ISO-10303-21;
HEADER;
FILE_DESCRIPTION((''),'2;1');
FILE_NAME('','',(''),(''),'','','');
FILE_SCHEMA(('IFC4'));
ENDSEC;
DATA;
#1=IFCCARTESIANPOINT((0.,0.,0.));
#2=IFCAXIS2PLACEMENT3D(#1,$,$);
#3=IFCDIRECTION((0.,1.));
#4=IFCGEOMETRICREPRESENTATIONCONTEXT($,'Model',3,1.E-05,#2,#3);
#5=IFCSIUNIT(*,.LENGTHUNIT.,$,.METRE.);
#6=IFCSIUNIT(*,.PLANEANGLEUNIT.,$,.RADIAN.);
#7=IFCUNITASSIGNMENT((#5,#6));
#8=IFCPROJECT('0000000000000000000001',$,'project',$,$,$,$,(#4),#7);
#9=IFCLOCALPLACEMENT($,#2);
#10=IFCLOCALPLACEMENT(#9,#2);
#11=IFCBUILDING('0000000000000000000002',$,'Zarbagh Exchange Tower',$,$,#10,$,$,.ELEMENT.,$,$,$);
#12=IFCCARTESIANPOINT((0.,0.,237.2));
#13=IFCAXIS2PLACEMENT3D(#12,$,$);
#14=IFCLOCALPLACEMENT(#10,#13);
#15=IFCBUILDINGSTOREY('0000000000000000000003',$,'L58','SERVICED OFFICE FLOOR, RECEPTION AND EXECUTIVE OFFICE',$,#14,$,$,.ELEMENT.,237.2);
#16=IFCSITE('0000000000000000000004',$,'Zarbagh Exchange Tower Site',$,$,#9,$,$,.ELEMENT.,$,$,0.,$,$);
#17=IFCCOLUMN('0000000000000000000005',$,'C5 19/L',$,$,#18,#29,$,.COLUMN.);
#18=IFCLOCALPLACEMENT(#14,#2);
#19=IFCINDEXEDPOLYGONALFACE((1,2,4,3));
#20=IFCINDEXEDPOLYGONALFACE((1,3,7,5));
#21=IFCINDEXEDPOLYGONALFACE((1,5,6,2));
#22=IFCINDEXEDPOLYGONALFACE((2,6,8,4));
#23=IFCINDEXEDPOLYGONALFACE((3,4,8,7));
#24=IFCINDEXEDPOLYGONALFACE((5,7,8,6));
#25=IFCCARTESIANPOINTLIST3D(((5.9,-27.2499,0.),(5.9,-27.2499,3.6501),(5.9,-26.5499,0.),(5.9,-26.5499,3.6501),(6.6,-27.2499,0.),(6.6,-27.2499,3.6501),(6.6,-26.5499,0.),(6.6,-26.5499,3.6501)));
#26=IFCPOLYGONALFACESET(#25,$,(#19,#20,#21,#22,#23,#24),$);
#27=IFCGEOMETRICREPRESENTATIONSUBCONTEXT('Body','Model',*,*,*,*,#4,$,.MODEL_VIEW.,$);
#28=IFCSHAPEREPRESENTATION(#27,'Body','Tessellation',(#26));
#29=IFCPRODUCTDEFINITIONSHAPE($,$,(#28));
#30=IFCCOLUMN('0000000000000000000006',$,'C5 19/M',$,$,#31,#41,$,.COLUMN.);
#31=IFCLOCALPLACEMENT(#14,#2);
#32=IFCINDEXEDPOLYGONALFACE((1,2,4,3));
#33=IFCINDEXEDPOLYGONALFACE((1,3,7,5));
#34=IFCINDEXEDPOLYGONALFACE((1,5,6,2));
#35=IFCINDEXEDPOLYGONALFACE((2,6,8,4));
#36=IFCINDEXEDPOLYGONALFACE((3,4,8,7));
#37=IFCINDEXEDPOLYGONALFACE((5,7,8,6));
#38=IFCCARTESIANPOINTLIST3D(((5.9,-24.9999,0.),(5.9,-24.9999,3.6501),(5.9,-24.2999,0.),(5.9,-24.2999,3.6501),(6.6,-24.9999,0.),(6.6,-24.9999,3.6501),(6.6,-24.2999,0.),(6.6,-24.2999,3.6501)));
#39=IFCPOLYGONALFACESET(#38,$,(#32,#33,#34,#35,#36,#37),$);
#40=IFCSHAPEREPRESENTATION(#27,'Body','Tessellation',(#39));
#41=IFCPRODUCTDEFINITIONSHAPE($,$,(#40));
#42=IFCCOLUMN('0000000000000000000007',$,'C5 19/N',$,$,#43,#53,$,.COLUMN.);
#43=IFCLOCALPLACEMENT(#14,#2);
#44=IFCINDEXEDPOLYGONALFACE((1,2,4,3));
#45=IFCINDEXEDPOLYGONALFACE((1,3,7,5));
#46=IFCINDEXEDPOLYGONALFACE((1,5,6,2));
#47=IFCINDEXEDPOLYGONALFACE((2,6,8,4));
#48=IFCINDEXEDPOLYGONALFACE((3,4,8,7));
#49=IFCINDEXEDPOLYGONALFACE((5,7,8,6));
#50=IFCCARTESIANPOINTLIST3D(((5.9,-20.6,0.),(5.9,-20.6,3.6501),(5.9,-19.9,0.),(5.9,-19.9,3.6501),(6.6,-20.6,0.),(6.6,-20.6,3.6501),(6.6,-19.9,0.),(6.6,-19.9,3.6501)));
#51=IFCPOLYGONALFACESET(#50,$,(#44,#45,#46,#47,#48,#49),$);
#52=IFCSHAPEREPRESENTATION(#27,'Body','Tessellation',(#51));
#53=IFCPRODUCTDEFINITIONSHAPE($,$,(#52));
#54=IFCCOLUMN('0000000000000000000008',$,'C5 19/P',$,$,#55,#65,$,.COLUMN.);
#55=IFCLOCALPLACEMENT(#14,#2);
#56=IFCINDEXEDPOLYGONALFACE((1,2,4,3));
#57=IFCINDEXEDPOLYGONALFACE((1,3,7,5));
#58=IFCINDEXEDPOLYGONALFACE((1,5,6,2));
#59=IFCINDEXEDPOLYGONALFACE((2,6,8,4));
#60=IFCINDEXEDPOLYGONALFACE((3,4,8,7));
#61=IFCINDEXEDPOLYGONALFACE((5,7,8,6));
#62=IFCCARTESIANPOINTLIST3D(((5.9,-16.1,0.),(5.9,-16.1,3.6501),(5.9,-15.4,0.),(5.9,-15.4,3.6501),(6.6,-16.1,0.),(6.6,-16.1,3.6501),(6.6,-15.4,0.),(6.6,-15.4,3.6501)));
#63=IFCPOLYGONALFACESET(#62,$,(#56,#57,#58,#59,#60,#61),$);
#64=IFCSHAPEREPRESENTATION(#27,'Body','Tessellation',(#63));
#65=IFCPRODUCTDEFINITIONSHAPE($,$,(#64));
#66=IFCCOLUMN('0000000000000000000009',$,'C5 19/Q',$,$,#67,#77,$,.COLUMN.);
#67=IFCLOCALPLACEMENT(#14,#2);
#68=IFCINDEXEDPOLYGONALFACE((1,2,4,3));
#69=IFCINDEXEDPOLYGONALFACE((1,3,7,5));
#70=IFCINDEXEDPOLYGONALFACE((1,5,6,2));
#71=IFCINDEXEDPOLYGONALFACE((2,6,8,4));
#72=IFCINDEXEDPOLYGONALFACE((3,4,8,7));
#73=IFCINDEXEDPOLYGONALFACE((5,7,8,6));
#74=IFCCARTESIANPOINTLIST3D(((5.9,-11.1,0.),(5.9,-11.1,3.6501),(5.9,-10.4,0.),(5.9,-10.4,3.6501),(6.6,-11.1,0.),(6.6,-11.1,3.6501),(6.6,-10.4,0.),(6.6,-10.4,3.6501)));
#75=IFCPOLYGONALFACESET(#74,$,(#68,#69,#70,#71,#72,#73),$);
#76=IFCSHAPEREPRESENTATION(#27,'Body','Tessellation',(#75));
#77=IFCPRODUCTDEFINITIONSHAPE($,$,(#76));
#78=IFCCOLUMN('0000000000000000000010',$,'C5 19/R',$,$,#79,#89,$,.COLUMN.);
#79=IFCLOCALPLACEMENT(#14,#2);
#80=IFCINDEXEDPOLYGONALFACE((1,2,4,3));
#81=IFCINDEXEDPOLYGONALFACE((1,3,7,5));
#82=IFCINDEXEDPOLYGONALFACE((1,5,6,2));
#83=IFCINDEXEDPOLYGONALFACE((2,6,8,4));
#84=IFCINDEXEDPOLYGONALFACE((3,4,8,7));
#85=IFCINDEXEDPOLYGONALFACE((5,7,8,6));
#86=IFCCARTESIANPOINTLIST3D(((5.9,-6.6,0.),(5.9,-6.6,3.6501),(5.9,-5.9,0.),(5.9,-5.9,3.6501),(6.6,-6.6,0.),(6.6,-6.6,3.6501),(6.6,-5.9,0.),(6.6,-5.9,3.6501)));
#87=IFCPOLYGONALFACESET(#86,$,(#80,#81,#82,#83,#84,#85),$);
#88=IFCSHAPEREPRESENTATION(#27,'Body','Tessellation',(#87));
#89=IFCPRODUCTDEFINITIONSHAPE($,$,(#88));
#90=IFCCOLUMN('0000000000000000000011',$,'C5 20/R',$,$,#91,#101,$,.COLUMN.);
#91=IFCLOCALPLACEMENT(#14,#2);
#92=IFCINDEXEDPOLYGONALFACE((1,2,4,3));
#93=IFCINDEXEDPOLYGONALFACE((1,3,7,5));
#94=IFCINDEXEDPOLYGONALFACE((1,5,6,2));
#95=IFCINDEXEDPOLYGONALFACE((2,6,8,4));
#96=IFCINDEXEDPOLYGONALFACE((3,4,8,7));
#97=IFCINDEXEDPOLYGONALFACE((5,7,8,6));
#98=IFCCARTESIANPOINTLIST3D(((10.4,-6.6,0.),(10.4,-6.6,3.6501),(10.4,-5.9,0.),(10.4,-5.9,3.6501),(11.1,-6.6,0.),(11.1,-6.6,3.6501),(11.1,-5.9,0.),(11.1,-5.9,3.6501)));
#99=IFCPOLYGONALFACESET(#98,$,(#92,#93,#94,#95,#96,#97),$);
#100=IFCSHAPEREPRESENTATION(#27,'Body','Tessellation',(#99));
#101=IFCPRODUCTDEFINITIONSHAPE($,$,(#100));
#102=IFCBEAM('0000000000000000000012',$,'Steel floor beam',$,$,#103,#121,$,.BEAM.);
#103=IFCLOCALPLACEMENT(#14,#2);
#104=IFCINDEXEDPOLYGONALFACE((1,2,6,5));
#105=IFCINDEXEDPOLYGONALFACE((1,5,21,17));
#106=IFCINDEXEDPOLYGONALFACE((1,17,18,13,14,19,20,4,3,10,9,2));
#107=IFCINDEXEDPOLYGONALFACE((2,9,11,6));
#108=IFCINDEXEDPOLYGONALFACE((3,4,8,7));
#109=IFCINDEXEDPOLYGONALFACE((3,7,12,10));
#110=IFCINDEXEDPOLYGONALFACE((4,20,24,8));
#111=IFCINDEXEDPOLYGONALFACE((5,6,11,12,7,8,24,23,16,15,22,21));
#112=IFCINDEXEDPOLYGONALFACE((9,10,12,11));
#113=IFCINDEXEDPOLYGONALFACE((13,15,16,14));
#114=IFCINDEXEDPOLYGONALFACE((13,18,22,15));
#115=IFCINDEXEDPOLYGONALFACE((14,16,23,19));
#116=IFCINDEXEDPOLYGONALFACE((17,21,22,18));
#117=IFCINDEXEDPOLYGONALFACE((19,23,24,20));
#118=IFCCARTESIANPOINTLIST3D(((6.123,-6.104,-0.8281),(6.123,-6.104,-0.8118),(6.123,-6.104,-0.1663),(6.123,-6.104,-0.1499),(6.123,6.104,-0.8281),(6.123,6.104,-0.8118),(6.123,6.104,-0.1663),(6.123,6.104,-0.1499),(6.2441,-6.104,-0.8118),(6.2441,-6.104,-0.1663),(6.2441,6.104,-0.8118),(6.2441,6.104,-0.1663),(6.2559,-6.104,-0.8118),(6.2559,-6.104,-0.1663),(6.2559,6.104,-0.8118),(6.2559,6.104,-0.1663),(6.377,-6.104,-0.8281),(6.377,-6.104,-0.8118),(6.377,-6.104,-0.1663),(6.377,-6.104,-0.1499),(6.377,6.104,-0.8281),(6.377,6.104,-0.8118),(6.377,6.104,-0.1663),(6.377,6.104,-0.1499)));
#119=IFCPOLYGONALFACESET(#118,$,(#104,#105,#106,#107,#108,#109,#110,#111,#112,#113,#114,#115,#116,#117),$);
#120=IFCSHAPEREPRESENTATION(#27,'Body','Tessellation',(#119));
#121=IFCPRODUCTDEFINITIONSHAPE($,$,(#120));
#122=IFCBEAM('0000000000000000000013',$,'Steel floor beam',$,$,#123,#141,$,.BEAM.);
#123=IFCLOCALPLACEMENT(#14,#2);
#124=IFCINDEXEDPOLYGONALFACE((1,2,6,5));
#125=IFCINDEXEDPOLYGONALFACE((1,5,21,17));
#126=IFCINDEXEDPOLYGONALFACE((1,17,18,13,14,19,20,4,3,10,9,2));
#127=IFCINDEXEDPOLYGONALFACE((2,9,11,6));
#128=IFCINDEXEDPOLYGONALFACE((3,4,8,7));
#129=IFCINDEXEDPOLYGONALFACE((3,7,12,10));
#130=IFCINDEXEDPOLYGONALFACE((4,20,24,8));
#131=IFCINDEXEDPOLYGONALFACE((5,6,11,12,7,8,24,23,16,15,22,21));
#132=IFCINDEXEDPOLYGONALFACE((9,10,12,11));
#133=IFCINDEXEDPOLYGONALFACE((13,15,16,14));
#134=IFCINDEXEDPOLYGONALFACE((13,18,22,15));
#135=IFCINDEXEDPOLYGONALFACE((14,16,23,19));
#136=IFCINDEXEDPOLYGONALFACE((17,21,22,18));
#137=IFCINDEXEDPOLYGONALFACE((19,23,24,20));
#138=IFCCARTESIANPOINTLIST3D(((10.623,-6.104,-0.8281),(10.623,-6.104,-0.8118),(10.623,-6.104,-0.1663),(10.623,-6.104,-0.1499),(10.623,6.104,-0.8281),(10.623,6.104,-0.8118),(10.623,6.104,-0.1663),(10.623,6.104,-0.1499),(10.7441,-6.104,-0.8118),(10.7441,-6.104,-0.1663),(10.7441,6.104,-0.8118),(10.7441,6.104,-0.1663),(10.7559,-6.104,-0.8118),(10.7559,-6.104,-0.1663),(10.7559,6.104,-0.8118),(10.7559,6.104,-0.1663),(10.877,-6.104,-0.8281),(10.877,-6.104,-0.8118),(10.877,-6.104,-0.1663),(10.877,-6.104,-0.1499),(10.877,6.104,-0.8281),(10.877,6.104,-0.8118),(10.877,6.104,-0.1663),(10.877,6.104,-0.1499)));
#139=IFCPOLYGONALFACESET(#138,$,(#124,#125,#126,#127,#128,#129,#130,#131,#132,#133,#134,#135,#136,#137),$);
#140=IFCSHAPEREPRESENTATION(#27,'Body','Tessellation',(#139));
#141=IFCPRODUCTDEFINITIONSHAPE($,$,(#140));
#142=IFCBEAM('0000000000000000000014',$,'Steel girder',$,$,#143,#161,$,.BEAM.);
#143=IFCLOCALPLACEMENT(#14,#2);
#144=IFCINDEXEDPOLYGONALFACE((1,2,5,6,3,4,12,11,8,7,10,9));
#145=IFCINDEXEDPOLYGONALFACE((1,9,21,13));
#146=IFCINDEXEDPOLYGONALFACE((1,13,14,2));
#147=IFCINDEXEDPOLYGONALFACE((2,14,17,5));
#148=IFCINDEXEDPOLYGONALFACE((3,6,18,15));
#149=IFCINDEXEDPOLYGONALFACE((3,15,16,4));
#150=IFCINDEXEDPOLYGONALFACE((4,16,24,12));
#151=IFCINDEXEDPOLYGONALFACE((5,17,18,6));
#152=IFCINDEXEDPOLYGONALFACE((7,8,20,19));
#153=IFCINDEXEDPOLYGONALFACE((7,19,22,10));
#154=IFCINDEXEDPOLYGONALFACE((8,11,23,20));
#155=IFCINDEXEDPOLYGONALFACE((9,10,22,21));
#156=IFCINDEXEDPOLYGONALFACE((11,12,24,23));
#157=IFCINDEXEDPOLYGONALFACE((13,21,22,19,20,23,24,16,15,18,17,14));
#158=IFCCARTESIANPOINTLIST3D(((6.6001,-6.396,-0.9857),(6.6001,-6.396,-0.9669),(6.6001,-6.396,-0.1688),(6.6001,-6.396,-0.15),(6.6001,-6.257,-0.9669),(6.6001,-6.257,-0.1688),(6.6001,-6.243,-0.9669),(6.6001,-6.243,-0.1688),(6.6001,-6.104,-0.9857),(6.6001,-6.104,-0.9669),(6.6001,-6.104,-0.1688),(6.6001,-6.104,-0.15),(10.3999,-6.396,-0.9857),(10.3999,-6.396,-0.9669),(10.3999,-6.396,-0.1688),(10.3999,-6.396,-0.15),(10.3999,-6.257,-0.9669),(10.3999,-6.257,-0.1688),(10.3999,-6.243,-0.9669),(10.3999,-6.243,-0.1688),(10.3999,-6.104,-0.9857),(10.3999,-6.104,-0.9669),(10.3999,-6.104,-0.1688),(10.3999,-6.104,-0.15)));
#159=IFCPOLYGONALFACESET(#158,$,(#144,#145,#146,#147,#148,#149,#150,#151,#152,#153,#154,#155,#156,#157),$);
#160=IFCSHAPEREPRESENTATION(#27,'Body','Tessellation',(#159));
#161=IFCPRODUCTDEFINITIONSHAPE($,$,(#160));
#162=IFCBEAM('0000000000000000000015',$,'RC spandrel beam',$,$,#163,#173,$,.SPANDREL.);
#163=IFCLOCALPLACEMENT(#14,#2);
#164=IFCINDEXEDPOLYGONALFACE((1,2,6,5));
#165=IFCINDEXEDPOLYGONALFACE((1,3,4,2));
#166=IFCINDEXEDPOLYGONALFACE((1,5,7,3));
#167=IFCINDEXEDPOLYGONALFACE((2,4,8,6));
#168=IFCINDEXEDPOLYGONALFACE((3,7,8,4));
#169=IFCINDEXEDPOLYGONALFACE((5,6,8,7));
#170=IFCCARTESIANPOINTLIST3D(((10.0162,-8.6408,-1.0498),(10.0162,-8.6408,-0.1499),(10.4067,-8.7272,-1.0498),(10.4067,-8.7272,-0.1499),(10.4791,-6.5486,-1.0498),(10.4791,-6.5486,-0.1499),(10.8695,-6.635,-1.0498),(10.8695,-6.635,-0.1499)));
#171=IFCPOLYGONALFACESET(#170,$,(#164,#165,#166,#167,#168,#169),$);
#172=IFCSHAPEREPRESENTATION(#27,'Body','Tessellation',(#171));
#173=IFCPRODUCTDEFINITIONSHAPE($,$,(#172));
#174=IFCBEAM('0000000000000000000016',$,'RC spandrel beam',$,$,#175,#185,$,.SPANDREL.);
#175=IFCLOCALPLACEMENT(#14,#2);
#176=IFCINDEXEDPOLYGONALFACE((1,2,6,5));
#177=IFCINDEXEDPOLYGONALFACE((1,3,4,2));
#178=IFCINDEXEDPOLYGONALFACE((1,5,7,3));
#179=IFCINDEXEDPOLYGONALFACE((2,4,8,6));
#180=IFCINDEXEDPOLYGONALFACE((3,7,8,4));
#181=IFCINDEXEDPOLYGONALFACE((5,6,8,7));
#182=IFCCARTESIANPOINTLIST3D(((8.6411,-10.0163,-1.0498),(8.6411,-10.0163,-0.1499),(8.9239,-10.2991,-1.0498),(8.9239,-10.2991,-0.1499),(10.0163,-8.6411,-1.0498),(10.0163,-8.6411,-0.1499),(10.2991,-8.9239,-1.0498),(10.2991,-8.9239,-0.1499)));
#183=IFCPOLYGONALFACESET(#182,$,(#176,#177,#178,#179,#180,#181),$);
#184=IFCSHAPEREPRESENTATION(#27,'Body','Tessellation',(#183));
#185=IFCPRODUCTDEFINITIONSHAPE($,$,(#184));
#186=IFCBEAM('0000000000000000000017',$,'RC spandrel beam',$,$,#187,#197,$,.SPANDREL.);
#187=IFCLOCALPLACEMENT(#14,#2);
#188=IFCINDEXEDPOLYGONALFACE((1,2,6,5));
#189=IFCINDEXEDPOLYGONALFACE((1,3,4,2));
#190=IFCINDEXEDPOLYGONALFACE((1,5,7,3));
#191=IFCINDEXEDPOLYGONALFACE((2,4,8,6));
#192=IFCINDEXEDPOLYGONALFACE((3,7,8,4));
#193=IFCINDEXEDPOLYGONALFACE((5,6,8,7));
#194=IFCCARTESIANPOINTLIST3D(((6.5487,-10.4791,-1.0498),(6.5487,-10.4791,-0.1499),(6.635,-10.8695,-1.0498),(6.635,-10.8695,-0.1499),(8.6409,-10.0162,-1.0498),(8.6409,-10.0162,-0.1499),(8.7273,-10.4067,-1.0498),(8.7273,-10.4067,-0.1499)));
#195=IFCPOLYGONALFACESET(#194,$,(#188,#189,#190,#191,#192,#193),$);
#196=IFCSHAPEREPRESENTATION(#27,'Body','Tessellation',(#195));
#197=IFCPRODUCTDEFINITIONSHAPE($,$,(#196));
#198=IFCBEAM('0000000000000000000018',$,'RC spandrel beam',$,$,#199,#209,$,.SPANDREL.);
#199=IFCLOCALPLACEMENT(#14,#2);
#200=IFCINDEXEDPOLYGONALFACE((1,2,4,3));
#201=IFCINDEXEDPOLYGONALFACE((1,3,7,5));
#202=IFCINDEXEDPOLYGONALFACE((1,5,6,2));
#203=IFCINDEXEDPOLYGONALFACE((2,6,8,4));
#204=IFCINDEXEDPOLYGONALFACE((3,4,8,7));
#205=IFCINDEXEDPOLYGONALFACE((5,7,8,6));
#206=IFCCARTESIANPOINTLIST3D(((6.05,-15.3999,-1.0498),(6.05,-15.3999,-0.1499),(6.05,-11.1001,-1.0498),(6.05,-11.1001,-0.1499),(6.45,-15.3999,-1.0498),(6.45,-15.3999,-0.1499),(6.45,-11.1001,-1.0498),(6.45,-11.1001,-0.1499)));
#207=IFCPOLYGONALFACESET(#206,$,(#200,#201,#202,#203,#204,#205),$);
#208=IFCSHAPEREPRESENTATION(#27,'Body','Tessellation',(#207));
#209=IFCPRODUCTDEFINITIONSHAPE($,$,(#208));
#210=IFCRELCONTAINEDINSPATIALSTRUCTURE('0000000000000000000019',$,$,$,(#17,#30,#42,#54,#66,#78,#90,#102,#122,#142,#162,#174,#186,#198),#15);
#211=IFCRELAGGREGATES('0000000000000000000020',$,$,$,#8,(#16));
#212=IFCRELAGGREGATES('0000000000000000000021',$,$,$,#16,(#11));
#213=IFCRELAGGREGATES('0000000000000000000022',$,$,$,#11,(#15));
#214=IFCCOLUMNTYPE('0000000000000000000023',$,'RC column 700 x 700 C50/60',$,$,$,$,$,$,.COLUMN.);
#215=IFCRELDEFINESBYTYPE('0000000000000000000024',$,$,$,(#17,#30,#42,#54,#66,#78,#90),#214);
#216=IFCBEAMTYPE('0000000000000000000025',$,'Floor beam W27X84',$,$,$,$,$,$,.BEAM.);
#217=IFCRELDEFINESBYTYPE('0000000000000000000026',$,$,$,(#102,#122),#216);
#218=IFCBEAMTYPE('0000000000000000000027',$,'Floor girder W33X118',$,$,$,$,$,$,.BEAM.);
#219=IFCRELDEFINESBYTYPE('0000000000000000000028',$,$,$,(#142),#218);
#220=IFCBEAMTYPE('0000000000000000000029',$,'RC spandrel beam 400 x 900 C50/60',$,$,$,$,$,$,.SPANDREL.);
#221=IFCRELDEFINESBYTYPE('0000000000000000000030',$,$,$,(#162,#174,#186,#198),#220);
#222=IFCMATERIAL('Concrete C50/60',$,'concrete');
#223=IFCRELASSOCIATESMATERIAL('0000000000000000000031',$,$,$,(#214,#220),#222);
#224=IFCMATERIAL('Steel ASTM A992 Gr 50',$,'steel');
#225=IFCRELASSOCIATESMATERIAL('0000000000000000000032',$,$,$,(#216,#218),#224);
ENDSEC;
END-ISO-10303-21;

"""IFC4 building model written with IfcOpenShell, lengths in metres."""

from ifc_helpers import new_model, si_unit, direction, frame, origin, origin_2d, place, context, subcontext, project, spatial, rectangle, i_section, extrude, material, material_profile, profile_set, type_object, element, save


model = new_model("IFC4")

# Units and contexts
model_context = context("Model", 3, precision=1e-05, world=origin(), true_north=direction((0.0, 1.0)))
body_context = subcontext(model_context, "Body", "Model", "MODEL_VIEW")
ifc_project = project(units=[si_unit("LENGTHUNIT", "METRE"), si_unit("PLANEANGLEUNIT", "RADIAN")], contexts=[model_context])

# Site, building, storey
site_placement = place(None, origin())
site = spatial("IfcSite", under=ifc_project, at=site_placement, Name="Zarbagh Exchange Tower Site", CompositionType="ELEMENT", RefElevation=0.0)
building_placement = place(site_placement, origin())
building = spatial("IfcBuilding", under=site, at=building_placement, Name="Zarbagh Exchange Tower", CompositionType="ELEMENT")
storey_placement = place(building_placement, frame((0.0, 0.0, 237.2)))
storey = spatial("IfcBuildingStorey", under=building, at=storey_placement, Name="L58", Description="SERVICED OFFICE FLOOR, RECEPTION AND EXECUTIVE OFFICE", CompositionType="ELEMENT", Elevation=237.2)

# Columns
ifc_material_1 = material(Name="Concrete C50/60", Category="concrete")
ifc_material_profile_1 = material_profile(ifc_material_1, rectangle(XDim=0.7, YDim=0.7, at=origin_2d()), Name="RC column 700 x 700 C50/60")
ifc_profile_set_1 = profile_set([ifc_material_profile_1], Name="Concrete C50/60")
column_type = type_object("IfcColumnType", Name="RC column 700 x 700 C50/60", PredefinedType="COLUMN", material=ifc_profile_set_1)
for number, where, z_axis, x_axis, name in (
    (1, (6.25, -26.8999, 0.0), (0.0, 0.0, 1.0), (1.0, 0.0, 0.0), "C5 19/L"),
    (2, (6.25, -24.6499, 0.0), (0.0, 0.0, 1.0), (1.0, 0.0, 0.0), "C5 19/M"),
    (3, (6.25, -20.25, 0.0), (0.0, 0.0, 1.0), (1.0, 0.0, 0.0), "C5 19/N"),
    (4, (6.25, -15.75, 0.0), (0.0, 0.0, 1.0), (1.0, 0.0, 0.0), "C5 19/P"),
    (5, (6.25, -10.75, 0.0), (0.0, 0.0, 1.0), (1.0, 0.0, 0.0), "C5 19/Q"),
    (6, (6.25, -6.25, 0.0), (0.0, 0.0, 1.0), (1.0, 0.0, 0.0), "C5 19/R"),
    (7, (10.75, -6.25, 0.0), (0.0, 0.0, 1.0), (1.0, 0.0, 0.0), "C5 20/R"),
):
    element("IfcColumn", number, at=place(storey_placement, frame(where, z_axis=z_axis, x_axis=x_axis)), inside=storey, type_object=column_type, Name=name, PredefinedType="COLUMN", context=body_context, shape_type="SweptSolid", body=[
        extrude(rectangle(XDim=0.7, YDim=0.7, at=origin_2d()), origin(), (0.0, 0.0, 1.0), 3.6501),
    ])

# Beams
ifc_material_2 = material(Name="Steel ASTM A992 Gr 50", Category="steel")
ifc_material_profile_2 = material_profile(ifc_material_2, i_section(OverallWidth=0.2539, OverallDepth=0.6782, WebThickness=0.0117, FlangeThickness=0.0164, at=origin_2d()), Name="W27X84")
ifc_profile_set_2 = profile_set([ifc_material_profile_2], Name="Steel ASTM A992 Gr 50")
beam_type_1 = type_object("IfcBeamType", Name="Floor beam W27X84", PredefinedType="BEAM", material=ifc_profile_set_2)
for number, where, z_axis, x_axis, name in (
    (8, (6.25, -6.104, -0.489), (0.0, 1.0, 0.0), (-1.0, 0.0, 0.0), "Steel floor beam"),
    (9, (10.75, -6.104, -0.489), (0.0, 1.0, 0.0), (-1.0, 0.0, 0.0), "Steel floor beam"),
):
    element("IfcBeam", number, at=place(storey_placement, frame(where, z_axis=z_axis, x_axis=x_axis)), inside=storey, type_object=beam_type_1, Name=name, PredefinedType="BEAM", context=body_context, shape_type="SweptSolid", body=[
        extrude(i_section(OverallWidth=0.2539, OverallDepth=0.6782, WebThickness=0.0117, FlangeThickness=0.0164, at=origin_2d()), origin(), (0.0, 0.0, 1.0), 12.208),
    ])
ifc_material_profile_3 = material_profile(ifc_material_2, i_section(OverallWidth=0.292, OverallDepth=0.8357, WebThickness=0.0139, FlangeThickness=0.0188, at=origin_2d()), Name="W33X118")
ifc_profile_set_3 = profile_set([ifc_material_profile_3], Name="Steel ASTM A992 Gr 50")
beam_type_2 = type_object("IfcBeamType", Name="Floor girder W33X118", PredefinedType="BEAM", material=ifc_profile_set_3)
beam_1_placement = place(storey_placement, frame((6.6001, -6.25, -0.5679), z_axis=(1.0, 0.0, 0.0), x_axis=(0.0, 1.0, 0.0)))
element("IfcBeam", 10, at=beam_1_placement, inside=storey, type_object=beam_type_2, Name="Steel girder", PredefinedType="BEAM", context=body_context, shape_type="SweptSolid", body=[
    extrude(i_section(OverallWidth=0.292, OverallDepth=0.8357, WebThickness=0.0139, FlangeThickness=0.0188, at=origin_2d()), origin(), (0.0, 0.0, 1.0), 3.7998),
])
ifc_material_profile_4 = material_profile(ifc_material_1, rectangle(XDim=0.3999, YDim=0.8999, at=origin_2d()), Name="RC spandrel beam 400 x 900 C50/60")
ifc_profile_set_4 = profile_set([ifc_material_profile_4], Name="Concrete C50/60")
beam_type_3 = type_object("IfcBeamType", Name="RC spandrel beam 400 x 900 C50/60", PredefinedType="SPANDREL", material=ifc_profile_set_4)
beam_2_placement = place(storey_placement, frame((10.6743, -6.5918, -0.5999), z_axis=(-0.216014, -0.97639, 0.0), x_axis=(0.97639, -0.216014, 0.0)))
element("IfcBeam", 11, at=beam_2_placement, inside=storey, type_object=beam_type_3, Name="RC spandrel beam", PredefinedType="SPANDREL", context=body_context, shape_type="SweptSolid", body=[
    extrude(rectangle(XDim=0.3999, YDim=0.8999, at=origin_2d()), origin(), (0.0, 0.0, 1.0), 2.1428),
])
beam_3_placement = place(storey_placement, frame((10.1577, -8.7825, -0.5999), z_axis=(-0.707107, -0.707107, 0.0), x_axis=(0.707107, -0.707107, 0.0)))
element("IfcBeam", 12, at=beam_3_placement, inside=storey, type_object=beam_type_3, Name="RC spandrel beam", PredefinedType="SPANDREL", context=body_context, shape_type="SweptSolid", body=[
    extrude(rectangle(XDim=0.3999, YDim=0.8999, at=origin_2d()), origin(), (0.0, 0.0, 1.0), 1.9448),
])
beam_4_placement = place(storey_placement, frame((8.6841, -10.2114, -0.5999), z_axis=(-0.97639, -0.216014, 0.0), x_axis=(0.216014, -0.97639, 0.0)))
element("IfcBeam", 13, at=beam_4_placement, inside=storey, type_object=beam_type_3, Name="RC spandrel beam", PredefinedType="SPANDREL", context=body_context, shape_type="SweptSolid", body=[
    extrude(rectangle(XDim=0.3999, YDim=0.8999, at=origin_2d()), origin(), (0.0, 0.0, 1.0), 2.1428),
])
beam_5_placement = place(storey_placement, frame((6.25, -11.1001, -0.5999), z_axis=(0.0, -1.0, 0.0), x_axis=(1.0, 0.0, 0.0)))
element("IfcBeam", 14, at=beam_5_placement, inside=storey, type_object=beam_type_3, Name="RC spandrel beam", PredefinedType="SPANDREL", context=body_context, shape_type="SweptSolid", body=[
    extrude(rectangle(XDim=0.3999, YDim=0.8999, at=origin_2d()), origin(), (0.0, 0.0, 1.0), 4.2998),
])

save(model, "model.ifc")
